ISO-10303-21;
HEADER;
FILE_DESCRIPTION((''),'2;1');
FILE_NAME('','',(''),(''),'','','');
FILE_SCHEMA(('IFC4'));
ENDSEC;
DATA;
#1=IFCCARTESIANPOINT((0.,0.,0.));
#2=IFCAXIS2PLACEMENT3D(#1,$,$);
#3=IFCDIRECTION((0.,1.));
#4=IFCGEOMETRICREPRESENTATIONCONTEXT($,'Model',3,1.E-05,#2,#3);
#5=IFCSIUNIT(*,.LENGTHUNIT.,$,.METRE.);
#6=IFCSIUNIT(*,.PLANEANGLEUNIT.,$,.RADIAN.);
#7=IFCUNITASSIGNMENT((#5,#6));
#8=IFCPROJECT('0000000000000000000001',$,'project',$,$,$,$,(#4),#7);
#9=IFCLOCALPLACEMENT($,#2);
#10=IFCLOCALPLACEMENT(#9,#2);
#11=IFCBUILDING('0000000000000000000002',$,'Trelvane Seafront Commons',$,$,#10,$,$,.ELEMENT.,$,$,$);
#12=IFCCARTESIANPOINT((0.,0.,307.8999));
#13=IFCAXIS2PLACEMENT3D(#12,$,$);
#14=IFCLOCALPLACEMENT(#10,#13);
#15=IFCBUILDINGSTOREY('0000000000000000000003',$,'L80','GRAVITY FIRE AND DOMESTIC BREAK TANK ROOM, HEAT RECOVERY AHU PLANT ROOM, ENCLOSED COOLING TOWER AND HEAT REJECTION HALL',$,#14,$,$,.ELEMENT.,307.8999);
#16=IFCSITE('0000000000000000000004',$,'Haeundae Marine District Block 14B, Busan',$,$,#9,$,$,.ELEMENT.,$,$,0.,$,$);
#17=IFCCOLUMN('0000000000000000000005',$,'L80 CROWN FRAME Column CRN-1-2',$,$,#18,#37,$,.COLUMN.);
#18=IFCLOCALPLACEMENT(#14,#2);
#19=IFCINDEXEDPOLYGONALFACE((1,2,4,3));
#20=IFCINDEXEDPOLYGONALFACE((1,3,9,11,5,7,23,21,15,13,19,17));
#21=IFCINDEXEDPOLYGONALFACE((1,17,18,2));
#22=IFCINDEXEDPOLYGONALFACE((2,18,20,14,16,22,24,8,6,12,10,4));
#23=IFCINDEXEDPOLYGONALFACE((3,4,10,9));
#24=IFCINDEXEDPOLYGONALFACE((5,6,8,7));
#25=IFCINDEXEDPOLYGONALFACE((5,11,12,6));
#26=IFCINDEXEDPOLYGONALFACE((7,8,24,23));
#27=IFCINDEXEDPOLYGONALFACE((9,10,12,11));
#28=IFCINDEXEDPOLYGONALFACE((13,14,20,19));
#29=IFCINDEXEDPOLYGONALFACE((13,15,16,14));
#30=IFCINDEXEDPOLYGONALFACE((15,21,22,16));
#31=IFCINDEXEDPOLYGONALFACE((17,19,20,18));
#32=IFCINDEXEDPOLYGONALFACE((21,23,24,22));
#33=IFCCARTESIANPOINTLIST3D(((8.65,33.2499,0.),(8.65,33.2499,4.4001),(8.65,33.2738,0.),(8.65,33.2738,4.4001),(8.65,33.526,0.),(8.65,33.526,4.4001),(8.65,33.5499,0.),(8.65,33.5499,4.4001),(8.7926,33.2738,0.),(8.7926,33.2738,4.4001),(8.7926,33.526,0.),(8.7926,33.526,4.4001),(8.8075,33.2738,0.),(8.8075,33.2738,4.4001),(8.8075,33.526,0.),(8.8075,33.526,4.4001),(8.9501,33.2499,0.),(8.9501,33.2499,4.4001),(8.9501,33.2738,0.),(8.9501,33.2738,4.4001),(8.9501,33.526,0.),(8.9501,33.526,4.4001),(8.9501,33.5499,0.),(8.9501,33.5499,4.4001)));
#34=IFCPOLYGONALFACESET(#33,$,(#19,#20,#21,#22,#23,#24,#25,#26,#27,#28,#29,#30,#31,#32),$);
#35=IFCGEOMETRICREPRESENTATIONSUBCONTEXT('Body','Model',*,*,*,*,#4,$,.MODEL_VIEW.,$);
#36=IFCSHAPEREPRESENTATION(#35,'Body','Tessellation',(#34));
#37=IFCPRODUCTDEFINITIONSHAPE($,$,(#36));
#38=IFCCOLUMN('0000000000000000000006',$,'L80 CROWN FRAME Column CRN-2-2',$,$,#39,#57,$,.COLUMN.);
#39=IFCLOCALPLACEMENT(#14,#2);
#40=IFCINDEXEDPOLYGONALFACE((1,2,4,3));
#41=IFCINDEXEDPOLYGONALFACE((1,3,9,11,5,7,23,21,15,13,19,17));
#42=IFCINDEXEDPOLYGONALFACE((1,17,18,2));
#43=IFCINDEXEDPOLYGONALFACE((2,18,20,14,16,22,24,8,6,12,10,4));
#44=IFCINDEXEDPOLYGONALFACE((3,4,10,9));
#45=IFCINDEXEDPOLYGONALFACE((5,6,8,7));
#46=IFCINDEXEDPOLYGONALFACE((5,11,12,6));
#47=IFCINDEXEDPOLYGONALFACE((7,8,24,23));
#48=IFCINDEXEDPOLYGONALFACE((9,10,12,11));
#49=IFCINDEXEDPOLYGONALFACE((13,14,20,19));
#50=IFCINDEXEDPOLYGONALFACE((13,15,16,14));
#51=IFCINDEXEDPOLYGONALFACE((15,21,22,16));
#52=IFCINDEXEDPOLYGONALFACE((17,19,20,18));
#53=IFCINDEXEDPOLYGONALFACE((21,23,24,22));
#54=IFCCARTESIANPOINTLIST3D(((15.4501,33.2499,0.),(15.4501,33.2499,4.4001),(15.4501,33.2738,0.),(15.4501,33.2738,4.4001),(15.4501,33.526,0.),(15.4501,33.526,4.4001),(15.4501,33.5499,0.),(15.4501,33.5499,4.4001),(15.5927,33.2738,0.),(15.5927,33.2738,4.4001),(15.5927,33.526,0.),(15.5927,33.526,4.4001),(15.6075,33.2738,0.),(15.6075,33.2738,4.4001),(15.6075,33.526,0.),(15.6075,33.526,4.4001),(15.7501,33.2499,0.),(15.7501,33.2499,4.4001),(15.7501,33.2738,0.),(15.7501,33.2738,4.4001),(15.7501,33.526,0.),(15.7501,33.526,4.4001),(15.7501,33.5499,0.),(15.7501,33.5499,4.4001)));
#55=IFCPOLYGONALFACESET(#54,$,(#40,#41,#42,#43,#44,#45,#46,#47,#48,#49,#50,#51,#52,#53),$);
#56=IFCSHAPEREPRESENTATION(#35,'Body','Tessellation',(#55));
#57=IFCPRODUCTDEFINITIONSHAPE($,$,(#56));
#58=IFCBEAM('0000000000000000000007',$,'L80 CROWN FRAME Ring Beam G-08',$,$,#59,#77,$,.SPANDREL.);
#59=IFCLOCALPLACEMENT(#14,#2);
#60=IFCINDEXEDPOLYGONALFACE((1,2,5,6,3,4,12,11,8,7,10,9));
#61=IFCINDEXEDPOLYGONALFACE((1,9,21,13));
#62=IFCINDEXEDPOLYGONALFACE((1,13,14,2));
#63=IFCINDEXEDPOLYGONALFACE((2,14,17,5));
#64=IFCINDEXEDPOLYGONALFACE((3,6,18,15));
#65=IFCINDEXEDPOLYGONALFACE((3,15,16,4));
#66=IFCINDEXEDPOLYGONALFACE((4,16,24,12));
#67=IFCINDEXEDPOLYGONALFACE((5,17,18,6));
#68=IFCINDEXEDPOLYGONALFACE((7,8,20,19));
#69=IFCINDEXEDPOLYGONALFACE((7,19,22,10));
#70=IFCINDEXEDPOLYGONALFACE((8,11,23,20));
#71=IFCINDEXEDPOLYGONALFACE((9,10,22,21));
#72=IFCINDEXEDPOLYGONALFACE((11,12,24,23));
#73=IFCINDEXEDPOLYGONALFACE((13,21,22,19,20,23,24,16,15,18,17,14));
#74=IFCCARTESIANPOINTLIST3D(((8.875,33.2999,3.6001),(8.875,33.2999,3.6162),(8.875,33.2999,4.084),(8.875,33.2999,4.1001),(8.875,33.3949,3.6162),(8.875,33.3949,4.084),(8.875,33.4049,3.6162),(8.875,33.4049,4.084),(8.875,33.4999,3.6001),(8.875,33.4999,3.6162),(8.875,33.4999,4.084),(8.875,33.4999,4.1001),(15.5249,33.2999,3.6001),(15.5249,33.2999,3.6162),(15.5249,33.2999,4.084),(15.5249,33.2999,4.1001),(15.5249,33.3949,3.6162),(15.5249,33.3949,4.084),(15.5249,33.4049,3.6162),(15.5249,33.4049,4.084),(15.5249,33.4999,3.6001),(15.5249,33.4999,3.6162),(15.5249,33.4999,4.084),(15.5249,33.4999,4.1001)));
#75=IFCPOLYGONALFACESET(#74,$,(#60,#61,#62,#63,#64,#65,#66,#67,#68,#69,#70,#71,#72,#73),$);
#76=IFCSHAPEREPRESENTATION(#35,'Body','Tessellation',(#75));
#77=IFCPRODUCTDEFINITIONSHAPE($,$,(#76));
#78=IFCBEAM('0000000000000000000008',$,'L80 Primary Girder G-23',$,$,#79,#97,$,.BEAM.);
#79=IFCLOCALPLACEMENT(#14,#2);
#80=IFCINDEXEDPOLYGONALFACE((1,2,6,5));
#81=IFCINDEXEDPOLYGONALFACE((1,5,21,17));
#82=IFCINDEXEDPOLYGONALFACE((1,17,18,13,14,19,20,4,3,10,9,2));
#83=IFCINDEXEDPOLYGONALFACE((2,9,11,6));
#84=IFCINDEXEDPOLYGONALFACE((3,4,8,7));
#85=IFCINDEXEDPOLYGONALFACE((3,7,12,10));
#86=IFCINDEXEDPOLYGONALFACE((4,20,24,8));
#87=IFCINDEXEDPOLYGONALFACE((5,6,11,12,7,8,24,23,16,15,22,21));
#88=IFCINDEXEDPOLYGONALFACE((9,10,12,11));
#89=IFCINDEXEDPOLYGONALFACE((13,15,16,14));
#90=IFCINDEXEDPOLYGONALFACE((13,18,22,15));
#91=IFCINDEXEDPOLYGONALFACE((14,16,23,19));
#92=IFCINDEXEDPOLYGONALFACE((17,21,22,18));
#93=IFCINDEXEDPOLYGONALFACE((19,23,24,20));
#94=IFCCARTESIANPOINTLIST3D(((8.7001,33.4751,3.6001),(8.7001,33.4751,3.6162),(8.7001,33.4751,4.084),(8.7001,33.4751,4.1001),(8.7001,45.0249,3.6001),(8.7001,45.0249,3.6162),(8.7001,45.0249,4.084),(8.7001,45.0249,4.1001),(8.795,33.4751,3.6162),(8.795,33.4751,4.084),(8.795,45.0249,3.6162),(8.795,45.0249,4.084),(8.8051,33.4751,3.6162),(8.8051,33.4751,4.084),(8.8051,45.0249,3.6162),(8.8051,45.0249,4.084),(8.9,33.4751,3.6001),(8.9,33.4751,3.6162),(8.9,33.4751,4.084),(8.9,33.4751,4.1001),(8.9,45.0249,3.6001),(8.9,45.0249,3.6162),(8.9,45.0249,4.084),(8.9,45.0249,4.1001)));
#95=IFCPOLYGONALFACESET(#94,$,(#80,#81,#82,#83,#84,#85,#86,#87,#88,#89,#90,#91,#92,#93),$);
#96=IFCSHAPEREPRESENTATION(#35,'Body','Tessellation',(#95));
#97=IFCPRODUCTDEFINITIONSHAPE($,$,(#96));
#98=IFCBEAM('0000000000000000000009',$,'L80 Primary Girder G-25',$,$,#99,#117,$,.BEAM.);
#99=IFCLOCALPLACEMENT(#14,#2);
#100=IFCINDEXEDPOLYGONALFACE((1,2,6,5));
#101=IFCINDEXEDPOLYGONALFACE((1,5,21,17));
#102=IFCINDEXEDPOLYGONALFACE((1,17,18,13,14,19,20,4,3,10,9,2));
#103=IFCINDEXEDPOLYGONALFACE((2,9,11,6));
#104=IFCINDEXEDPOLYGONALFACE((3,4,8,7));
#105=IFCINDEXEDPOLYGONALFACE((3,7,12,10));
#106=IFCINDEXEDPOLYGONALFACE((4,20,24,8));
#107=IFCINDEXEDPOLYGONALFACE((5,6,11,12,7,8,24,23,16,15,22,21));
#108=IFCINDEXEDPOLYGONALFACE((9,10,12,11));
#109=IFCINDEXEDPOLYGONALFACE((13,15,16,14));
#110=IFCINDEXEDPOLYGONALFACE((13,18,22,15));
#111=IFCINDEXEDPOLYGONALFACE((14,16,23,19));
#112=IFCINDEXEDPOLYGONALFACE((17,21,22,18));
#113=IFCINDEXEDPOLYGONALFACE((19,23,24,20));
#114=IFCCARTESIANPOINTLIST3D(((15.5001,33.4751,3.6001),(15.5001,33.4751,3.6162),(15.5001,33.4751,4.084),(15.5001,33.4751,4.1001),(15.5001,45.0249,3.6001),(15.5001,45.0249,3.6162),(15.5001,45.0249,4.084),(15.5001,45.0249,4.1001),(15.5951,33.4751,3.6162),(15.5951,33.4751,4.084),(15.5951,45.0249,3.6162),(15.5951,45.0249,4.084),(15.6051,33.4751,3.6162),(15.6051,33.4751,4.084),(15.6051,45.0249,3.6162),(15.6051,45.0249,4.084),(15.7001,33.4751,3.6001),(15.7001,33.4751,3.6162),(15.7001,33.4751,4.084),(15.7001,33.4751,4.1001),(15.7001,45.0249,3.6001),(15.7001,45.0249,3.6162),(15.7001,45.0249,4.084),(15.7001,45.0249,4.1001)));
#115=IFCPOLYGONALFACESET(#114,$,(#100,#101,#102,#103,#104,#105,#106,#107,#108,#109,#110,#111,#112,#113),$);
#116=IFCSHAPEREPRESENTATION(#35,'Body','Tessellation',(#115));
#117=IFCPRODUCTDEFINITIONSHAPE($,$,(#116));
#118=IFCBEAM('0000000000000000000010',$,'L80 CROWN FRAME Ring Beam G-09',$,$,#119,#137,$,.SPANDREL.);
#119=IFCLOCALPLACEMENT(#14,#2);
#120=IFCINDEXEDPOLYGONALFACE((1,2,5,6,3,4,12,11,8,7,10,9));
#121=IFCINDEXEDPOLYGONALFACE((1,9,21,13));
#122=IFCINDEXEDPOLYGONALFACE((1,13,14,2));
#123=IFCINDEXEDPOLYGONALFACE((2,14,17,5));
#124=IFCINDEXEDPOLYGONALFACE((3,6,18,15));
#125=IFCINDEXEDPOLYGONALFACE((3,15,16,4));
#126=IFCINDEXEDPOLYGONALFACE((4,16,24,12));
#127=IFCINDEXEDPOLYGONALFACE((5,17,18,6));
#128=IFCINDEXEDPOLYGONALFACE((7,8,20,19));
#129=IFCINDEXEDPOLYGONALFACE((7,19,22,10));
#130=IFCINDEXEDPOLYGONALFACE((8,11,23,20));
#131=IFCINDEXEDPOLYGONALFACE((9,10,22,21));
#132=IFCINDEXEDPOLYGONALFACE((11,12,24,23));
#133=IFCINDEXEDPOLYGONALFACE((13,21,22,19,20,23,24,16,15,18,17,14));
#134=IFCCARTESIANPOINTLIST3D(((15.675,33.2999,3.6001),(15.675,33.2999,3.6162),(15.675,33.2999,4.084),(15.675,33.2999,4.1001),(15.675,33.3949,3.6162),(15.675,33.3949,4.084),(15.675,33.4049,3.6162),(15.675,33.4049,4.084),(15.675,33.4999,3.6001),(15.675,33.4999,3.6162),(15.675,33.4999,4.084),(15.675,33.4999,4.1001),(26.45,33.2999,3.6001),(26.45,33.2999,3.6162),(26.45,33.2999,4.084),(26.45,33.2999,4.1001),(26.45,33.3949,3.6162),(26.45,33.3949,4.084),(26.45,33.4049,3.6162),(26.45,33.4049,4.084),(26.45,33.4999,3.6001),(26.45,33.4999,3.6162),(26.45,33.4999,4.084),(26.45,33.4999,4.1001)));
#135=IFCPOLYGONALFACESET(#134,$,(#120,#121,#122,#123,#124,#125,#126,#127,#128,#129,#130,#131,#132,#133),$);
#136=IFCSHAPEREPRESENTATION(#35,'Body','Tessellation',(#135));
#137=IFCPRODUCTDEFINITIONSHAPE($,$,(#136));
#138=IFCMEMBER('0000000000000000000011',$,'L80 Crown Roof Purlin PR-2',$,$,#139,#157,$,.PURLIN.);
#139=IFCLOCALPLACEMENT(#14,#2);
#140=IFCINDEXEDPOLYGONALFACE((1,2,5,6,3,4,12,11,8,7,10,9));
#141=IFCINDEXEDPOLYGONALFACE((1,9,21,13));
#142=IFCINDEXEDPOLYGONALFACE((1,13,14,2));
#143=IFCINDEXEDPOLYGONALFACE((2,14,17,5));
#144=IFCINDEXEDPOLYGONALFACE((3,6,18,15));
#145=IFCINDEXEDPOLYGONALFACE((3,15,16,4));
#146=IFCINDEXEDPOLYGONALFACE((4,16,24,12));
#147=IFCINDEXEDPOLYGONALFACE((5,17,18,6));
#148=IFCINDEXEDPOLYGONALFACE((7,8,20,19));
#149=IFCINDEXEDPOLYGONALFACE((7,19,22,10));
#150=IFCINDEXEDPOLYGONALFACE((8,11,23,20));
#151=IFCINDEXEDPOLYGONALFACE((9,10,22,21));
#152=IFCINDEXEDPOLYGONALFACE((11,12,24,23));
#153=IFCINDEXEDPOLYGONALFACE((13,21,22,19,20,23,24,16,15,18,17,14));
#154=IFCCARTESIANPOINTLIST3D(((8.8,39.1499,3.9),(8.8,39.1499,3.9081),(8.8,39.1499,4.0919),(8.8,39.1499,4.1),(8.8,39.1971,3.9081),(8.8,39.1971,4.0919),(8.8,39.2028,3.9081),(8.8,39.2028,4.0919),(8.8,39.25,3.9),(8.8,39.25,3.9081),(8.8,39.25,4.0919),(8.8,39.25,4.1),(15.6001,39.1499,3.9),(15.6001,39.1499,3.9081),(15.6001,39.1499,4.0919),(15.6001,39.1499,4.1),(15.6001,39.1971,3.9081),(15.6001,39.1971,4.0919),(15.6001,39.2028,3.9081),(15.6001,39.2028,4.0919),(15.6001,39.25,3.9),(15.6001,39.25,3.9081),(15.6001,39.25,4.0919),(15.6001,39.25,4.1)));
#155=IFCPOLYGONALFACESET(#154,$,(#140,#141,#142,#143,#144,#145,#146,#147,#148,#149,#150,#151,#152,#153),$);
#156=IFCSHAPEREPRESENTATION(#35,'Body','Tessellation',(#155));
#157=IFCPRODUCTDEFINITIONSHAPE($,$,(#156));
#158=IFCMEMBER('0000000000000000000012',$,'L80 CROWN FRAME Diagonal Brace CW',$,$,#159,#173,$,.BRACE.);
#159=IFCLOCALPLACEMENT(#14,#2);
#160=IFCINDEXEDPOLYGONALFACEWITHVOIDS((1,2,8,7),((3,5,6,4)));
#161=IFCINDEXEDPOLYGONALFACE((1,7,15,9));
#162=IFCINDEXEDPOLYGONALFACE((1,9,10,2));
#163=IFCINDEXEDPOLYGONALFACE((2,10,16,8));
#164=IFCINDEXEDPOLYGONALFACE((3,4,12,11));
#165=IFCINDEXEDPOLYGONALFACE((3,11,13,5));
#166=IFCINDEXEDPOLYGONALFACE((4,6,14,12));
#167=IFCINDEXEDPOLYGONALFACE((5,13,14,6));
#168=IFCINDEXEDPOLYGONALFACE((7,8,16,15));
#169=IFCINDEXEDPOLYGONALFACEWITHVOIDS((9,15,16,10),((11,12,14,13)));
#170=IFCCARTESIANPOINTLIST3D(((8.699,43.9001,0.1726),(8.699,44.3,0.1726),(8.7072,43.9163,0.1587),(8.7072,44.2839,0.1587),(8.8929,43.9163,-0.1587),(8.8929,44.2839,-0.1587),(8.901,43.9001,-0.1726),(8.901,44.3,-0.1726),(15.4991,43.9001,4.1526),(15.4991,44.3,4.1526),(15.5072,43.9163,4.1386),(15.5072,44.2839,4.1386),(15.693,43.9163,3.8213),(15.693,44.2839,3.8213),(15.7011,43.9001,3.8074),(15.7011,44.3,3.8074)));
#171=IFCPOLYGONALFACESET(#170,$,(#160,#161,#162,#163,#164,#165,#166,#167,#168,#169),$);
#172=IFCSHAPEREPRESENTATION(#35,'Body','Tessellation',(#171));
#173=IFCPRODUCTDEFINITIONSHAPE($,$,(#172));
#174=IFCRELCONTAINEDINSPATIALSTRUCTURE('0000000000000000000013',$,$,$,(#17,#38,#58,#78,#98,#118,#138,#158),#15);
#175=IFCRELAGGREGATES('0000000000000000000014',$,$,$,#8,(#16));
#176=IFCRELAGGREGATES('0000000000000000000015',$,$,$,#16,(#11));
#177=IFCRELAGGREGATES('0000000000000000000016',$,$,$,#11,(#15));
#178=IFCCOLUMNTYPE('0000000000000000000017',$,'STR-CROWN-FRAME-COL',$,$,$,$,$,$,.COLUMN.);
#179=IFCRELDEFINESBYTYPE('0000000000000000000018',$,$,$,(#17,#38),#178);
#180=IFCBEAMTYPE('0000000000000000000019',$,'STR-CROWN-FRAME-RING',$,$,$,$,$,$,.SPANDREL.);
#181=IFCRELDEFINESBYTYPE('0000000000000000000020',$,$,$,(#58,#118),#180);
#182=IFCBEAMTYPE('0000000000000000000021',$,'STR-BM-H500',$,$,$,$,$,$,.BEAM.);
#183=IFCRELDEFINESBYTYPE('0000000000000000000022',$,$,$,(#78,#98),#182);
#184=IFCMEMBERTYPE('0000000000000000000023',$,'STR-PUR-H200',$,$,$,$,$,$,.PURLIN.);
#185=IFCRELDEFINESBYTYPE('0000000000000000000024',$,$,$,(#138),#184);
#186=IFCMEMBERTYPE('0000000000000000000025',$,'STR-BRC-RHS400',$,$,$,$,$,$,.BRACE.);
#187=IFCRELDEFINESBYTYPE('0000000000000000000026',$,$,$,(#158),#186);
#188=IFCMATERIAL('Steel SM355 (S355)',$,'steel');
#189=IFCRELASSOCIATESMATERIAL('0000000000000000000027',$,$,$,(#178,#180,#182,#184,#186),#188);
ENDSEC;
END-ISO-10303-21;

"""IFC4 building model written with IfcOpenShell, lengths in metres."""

from ifc_helpers import new_model, si_unit, direction, frame, origin, origin_2d, place, context, subcontext, project, spatial, hollow_rectangle, i_section, extrude, source, transform, mapped, material, material_profile, profile_set, type_object, element, save


model = new_model("IFC4")

# Units and contexts
model_context = context("Model", 3, precision=1e-05, world=origin(), true_north=direction((0.0, 1.0)))
body_context = subcontext(model_context, "Body", "Model", "MODEL_VIEW")
ifc_project = project(units=[si_unit("LENGTHUNIT", "METRE"), si_unit("PLANEANGLEUNIT", "RADIAN")], contexts=[model_context])

# Site, building, storey
site_placement = place(None, origin())
site = spatial("IfcSite", under=ifc_project, at=site_placement, Name="Haeundae Marine District Block 14B, Busan", CompositionType="ELEMENT", RefElevation=0.0)
building_placement = place(site_placement, origin())
building = spatial("IfcBuilding", under=site, at=building_placement, Name="Trelvane Seafront Commons", CompositionType="ELEMENT")
storey_placement = place(building_placement, frame((0.0, 0.0, 307.8999)))
storey = spatial("IfcBuildingStorey", under=building, at=storey_placement, Name="L80", Description="GRAVITY FIRE AND DOMESTIC BREAK TANK ROOM, HEAT RECOVERY AHU PLANT ROOM, ENCLOSED COOLING TOWER AND HEAT REJECTION HALL", CompositionType="ELEMENT", Elevation=307.8999)

# Columns
ifc_material_1 = material(Name="Steel SM355 (S355)", Category="steel")
ifc_material_profile_1 = material_profile(ifc_material_1, i_section(OverallWidth=0.3, OverallDepth=0.3, WebThickness=0.0149, FlangeThickness=0.0239, at=origin_2d()), Name="HD-300x300x15x24")
ifc_profile_set_1 = profile_set([ifc_material_profile_1], Name="Steel SM355 (S355)")
column_type = type_object("IfcColumnType", Name="STR-CROWN-FRAME-COL", PredefinedType="COLUMN", material=ifc_profile_set_1)
shared_shape_1 = source(origin(), body_context, "Body", "SweptSolid", [
    extrude(i_section(OverallWidth=0.3, OverallDepth=0.3, WebThickness=0.0149, FlangeThickness=0.0239, at=origin_2d()), origin(), (0.0, 0.0, 1.0), 4.4001),
])
for number, where, z_axis, x_axis, name in (
    (1, (8.8, 33.3999, 0.0), (0.0, 0.0, 1.0), (1.0, 0.0, 0.0), "L80 CROWN FRAME Column CRN-1-2"),
    (2, (15.6001, 33.3999, 0.0), (0.0, 0.0, 1.0), (1.0, 0.0, 0.0), "L80 CROWN FRAME Column CRN-2-2"),
):
    element("IfcColumn", number, at=place(storey_placement, frame(where, z_axis=z_axis, x_axis=x_axis)), inside=storey, type_object=column_type, Name=name, PredefinedType="COLUMN", context=body_context, shape_type="MappedRepresentation", body=[
        mapped(shared_shape_1, transform((0.0, 0.0, 0.0), x_axis=(1.0, 0.0, 0.0), y_axis=(0.0, 1.0, 0.0), z_axis=(0.0, 0.0, 1.0), scale=1.0)),
    ])

# Beams
ifc_material_profile_2 = material_profile(ifc_material_1, i_section(OverallWidth=0.2, OverallDepth=0.5, WebThickness=0.01, FlangeThickness=0.0161, at=origin_2d()), Name="H-500x200x10x16")
ifc_profile_set_2 = profile_set([ifc_material_profile_2], Name="Steel SM355 (S355)")
beam_type_1 = type_object("IfcBeamType", Name="STR-CROWN-FRAME-RING", PredefinedType="SPANDREL", material=ifc_profile_set_2)
shared_shape_2 = source(origin(), body_context, "Body", "SweptSolid", [
    extrude(i_section(OverallWidth=0.2, OverallDepth=0.5, WebThickness=0.01, FlangeThickness=0.0161, at=origin_2d()), origin(), (0.0, 0.0, 1.0), 6.6499),
])
beam_1_placement = place(storey_placement, frame((8.875, 33.3999, 3.8501), z_axis=(1.0, 0.0, 0.0), x_axis=(0.0, 1.0, 0.0)))
element("IfcBeam", 3, at=beam_1_placement, inside=storey, type_object=beam_type_1, Name="L80 CROWN FRAME Ring Beam G-08", PredefinedType="SPANDREL", context=body_context, shape_type="MappedRepresentation", body=[
    mapped(shared_shape_2, transform((0.0, 0.0, 0.0), x_axis=(1.0, 0.0, 0.0), y_axis=(0.0, 1.0, 0.0), z_axis=(0.0, 0.0, 1.0), scale=1.0)),
])
ifc_material_profile_3 = material_profile(ifc_material_1, i_section(OverallWidth=0.2, OverallDepth=0.5, WebThickness=0.01, FlangeThickness=0.0161, at=origin_2d()), Name="H-500x200x10x16")
ifc_profile_set_3 = profile_set([ifc_material_profile_3], Name="Steel SM355 (S355)")
beam_type_2 = type_object("IfcBeamType", Name="STR-BM-H500", PredefinedType="BEAM", material=ifc_profile_set_3)
shared_shape_3 = source(origin(), body_context, "Body", "SweptSolid", [
    extrude(i_section(OverallWidth=0.2, OverallDepth=0.5, WebThickness=0.01, FlangeThickness=0.0161, at=origin_2d()), origin(), (0.0, 0.0, 1.0), 11.5498),
])
for number, where, z_axis, x_axis, name in (
    (4, (8.8, 33.4751, 3.8501), (0.0, 1.0, 0.0), (-1.0, 0.0, 0.0), "L80 Primary Girder G-23"),
    (5, (15.6001, 33.4751, 3.8501), (0.0, 1.0, 0.0), (-1.0, 0.0, 0.0), "L80 Primary Girder G-25"),
):
    element("IfcBeam", number, at=place(storey_placement, frame(where, z_axis=z_axis, x_axis=x_axis)), inside=storey, type_object=beam_type_2, Name=name, PredefinedType="BEAM", context=body_context, shape_type="MappedRepresentation", body=[
        mapped(shared_shape_3, transform((0.0, 0.0, 0.0), x_axis=(1.0, 0.0, 0.0), y_axis=(0.0, 1.0, 0.0), z_axis=(0.0, 0.0, 1.0), scale=1.0)),
    ])
shared_shape_4 = source(origin(), body_context, "Body", "SweptSolid", [
    extrude(i_section(OverallWidth=0.2, OverallDepth=0.5, WebThickness=0.01, FlangeThickness=0.0161, at=origin_2d()), origin(), (0.0, 0.0, 1.0), 10.7749),
])
beam_2_placement = place(storey_placement, frame((15.675, 33.3999, 3.8501), z_axis=(1.0, 0.0, 0.0), x_axis=(0.0, 1.0, 0.0)))
element("IfcBeam", 6, at=beam_2_placement, inside=storey, type_object=beam_type_1, Name="L80 CROWN FRAME Ring Beam G-09", PredefinedType="SPANDREL", context=body_context, shape_type="MappedRepresentation", body=[
    mapped(shared_shape_4, transform((0.0, 0.0, 0.0), x_axis=(1.0, 0.0, 0.0), y_axis=(0.0, 1.0, 0.0), z_axis=(0.0, 0.0, 1.0), scale=1.0)),
])

# Members
ifc_material_profile_4 = material_profile(ifc_material_1, i_section(OverallWidth=0.1001, OverallDepth=0.2, WebThickness=0.0056, FlangeThickness=0.0081, at=origin_2d()), Name="H-200x100x5.5x8")
ifc_profile_set_4 = profile_set([ifc_material_profile_4], Name="Steel SM355 (S355)")
member_type_1 = type_object("IfcMemberType", Name="STR-PUR-H200", PredefinedType="PURLIN", material=ifc_profile_set_4)
shared_shape_5 = source(origin(), body_context, "Body", "SweptSolid", [
    extrude(i_section(OverallWidth=0.1001, OverallDepth=0.2, WebThickness=0.0056, FlangeThickness=0.0081, at=origin_2d()), origin(), (0.0, 0.0, 1.0), 6.8),
])
member_1_placement = place(storey_placement, frame((8.8, 39.2, 4.0), z_axis=(1.0, 0.0, 0.0), x_axis=(0.0, 1.0, 0.0)))
element("IfcMember", 7, at=member_1_placement, inside=storey, type_object=member_type_1, Name="L80 Crown Roof Purlin PR-2", PredefinedType="PURLIN", context=body_context, shape_type="MappedRepresentation", body=[
    mapped(shared_shape_5, transform((0.0, 0.0, 0.0), x_axis=(1.0, 0.0, 0.0), y_axis=(0.0, 1.0, 0.0), z_axis=(0.0, 0.0, 1.0), scale=1.0)),
])
ifc_material_profile_5 = material_profile(ifc_material_1, hollow_rectangle(XDim=0.3999, YDim=0.3999, WallThickness=0.0161, at=origin_2d()), Name="RHS-400x400x16")
ifc_profile_set_5 = profile_set([ifc_material_profile_5], Name="Steel SM355 (S355)")
member_type_2 = type_object("IfcMemberType", Name="STR-BRC-RHS400", PredefinedType="BRACE", material=ifc_profile_set_5)
shared_shape_6 = source(origin(), body_context, "Body", "SweptSolid", [
    extrude(hollow_rectangle(XDim=0.3999, YDim=0.3999, WallThickness=0.0161, at=origin_2d()), origin(), (0.0, 0.0, 1.0), 7.8792),
])
member_2_placement = place(storey_placement, frame((8.8, 44.1001, 0.0), z_axis=(0.863044, 0.0, 0.505129), x_axis=(0.0, 1.0, 0.0)))
element("IfcMember", 8, at=member_2_placement, inside=storey, type_object=member_type_2, Name="L80 CROWN FRAME Diagonal Brace CW", PredefinedType="BRACE", context=body_context, shape_type="MappedRepresentation", body=[
    mapped(shared_shape_6, transform((0.0, 0.0, 0.0), x_axis=(1.0, 0.0, 0.0), y_axis=(0.0, 1.0, 0.0), z_axis=(0.0, 0.0, 1.0), scale=1.0)),
])

save(model, "model.ifc")
